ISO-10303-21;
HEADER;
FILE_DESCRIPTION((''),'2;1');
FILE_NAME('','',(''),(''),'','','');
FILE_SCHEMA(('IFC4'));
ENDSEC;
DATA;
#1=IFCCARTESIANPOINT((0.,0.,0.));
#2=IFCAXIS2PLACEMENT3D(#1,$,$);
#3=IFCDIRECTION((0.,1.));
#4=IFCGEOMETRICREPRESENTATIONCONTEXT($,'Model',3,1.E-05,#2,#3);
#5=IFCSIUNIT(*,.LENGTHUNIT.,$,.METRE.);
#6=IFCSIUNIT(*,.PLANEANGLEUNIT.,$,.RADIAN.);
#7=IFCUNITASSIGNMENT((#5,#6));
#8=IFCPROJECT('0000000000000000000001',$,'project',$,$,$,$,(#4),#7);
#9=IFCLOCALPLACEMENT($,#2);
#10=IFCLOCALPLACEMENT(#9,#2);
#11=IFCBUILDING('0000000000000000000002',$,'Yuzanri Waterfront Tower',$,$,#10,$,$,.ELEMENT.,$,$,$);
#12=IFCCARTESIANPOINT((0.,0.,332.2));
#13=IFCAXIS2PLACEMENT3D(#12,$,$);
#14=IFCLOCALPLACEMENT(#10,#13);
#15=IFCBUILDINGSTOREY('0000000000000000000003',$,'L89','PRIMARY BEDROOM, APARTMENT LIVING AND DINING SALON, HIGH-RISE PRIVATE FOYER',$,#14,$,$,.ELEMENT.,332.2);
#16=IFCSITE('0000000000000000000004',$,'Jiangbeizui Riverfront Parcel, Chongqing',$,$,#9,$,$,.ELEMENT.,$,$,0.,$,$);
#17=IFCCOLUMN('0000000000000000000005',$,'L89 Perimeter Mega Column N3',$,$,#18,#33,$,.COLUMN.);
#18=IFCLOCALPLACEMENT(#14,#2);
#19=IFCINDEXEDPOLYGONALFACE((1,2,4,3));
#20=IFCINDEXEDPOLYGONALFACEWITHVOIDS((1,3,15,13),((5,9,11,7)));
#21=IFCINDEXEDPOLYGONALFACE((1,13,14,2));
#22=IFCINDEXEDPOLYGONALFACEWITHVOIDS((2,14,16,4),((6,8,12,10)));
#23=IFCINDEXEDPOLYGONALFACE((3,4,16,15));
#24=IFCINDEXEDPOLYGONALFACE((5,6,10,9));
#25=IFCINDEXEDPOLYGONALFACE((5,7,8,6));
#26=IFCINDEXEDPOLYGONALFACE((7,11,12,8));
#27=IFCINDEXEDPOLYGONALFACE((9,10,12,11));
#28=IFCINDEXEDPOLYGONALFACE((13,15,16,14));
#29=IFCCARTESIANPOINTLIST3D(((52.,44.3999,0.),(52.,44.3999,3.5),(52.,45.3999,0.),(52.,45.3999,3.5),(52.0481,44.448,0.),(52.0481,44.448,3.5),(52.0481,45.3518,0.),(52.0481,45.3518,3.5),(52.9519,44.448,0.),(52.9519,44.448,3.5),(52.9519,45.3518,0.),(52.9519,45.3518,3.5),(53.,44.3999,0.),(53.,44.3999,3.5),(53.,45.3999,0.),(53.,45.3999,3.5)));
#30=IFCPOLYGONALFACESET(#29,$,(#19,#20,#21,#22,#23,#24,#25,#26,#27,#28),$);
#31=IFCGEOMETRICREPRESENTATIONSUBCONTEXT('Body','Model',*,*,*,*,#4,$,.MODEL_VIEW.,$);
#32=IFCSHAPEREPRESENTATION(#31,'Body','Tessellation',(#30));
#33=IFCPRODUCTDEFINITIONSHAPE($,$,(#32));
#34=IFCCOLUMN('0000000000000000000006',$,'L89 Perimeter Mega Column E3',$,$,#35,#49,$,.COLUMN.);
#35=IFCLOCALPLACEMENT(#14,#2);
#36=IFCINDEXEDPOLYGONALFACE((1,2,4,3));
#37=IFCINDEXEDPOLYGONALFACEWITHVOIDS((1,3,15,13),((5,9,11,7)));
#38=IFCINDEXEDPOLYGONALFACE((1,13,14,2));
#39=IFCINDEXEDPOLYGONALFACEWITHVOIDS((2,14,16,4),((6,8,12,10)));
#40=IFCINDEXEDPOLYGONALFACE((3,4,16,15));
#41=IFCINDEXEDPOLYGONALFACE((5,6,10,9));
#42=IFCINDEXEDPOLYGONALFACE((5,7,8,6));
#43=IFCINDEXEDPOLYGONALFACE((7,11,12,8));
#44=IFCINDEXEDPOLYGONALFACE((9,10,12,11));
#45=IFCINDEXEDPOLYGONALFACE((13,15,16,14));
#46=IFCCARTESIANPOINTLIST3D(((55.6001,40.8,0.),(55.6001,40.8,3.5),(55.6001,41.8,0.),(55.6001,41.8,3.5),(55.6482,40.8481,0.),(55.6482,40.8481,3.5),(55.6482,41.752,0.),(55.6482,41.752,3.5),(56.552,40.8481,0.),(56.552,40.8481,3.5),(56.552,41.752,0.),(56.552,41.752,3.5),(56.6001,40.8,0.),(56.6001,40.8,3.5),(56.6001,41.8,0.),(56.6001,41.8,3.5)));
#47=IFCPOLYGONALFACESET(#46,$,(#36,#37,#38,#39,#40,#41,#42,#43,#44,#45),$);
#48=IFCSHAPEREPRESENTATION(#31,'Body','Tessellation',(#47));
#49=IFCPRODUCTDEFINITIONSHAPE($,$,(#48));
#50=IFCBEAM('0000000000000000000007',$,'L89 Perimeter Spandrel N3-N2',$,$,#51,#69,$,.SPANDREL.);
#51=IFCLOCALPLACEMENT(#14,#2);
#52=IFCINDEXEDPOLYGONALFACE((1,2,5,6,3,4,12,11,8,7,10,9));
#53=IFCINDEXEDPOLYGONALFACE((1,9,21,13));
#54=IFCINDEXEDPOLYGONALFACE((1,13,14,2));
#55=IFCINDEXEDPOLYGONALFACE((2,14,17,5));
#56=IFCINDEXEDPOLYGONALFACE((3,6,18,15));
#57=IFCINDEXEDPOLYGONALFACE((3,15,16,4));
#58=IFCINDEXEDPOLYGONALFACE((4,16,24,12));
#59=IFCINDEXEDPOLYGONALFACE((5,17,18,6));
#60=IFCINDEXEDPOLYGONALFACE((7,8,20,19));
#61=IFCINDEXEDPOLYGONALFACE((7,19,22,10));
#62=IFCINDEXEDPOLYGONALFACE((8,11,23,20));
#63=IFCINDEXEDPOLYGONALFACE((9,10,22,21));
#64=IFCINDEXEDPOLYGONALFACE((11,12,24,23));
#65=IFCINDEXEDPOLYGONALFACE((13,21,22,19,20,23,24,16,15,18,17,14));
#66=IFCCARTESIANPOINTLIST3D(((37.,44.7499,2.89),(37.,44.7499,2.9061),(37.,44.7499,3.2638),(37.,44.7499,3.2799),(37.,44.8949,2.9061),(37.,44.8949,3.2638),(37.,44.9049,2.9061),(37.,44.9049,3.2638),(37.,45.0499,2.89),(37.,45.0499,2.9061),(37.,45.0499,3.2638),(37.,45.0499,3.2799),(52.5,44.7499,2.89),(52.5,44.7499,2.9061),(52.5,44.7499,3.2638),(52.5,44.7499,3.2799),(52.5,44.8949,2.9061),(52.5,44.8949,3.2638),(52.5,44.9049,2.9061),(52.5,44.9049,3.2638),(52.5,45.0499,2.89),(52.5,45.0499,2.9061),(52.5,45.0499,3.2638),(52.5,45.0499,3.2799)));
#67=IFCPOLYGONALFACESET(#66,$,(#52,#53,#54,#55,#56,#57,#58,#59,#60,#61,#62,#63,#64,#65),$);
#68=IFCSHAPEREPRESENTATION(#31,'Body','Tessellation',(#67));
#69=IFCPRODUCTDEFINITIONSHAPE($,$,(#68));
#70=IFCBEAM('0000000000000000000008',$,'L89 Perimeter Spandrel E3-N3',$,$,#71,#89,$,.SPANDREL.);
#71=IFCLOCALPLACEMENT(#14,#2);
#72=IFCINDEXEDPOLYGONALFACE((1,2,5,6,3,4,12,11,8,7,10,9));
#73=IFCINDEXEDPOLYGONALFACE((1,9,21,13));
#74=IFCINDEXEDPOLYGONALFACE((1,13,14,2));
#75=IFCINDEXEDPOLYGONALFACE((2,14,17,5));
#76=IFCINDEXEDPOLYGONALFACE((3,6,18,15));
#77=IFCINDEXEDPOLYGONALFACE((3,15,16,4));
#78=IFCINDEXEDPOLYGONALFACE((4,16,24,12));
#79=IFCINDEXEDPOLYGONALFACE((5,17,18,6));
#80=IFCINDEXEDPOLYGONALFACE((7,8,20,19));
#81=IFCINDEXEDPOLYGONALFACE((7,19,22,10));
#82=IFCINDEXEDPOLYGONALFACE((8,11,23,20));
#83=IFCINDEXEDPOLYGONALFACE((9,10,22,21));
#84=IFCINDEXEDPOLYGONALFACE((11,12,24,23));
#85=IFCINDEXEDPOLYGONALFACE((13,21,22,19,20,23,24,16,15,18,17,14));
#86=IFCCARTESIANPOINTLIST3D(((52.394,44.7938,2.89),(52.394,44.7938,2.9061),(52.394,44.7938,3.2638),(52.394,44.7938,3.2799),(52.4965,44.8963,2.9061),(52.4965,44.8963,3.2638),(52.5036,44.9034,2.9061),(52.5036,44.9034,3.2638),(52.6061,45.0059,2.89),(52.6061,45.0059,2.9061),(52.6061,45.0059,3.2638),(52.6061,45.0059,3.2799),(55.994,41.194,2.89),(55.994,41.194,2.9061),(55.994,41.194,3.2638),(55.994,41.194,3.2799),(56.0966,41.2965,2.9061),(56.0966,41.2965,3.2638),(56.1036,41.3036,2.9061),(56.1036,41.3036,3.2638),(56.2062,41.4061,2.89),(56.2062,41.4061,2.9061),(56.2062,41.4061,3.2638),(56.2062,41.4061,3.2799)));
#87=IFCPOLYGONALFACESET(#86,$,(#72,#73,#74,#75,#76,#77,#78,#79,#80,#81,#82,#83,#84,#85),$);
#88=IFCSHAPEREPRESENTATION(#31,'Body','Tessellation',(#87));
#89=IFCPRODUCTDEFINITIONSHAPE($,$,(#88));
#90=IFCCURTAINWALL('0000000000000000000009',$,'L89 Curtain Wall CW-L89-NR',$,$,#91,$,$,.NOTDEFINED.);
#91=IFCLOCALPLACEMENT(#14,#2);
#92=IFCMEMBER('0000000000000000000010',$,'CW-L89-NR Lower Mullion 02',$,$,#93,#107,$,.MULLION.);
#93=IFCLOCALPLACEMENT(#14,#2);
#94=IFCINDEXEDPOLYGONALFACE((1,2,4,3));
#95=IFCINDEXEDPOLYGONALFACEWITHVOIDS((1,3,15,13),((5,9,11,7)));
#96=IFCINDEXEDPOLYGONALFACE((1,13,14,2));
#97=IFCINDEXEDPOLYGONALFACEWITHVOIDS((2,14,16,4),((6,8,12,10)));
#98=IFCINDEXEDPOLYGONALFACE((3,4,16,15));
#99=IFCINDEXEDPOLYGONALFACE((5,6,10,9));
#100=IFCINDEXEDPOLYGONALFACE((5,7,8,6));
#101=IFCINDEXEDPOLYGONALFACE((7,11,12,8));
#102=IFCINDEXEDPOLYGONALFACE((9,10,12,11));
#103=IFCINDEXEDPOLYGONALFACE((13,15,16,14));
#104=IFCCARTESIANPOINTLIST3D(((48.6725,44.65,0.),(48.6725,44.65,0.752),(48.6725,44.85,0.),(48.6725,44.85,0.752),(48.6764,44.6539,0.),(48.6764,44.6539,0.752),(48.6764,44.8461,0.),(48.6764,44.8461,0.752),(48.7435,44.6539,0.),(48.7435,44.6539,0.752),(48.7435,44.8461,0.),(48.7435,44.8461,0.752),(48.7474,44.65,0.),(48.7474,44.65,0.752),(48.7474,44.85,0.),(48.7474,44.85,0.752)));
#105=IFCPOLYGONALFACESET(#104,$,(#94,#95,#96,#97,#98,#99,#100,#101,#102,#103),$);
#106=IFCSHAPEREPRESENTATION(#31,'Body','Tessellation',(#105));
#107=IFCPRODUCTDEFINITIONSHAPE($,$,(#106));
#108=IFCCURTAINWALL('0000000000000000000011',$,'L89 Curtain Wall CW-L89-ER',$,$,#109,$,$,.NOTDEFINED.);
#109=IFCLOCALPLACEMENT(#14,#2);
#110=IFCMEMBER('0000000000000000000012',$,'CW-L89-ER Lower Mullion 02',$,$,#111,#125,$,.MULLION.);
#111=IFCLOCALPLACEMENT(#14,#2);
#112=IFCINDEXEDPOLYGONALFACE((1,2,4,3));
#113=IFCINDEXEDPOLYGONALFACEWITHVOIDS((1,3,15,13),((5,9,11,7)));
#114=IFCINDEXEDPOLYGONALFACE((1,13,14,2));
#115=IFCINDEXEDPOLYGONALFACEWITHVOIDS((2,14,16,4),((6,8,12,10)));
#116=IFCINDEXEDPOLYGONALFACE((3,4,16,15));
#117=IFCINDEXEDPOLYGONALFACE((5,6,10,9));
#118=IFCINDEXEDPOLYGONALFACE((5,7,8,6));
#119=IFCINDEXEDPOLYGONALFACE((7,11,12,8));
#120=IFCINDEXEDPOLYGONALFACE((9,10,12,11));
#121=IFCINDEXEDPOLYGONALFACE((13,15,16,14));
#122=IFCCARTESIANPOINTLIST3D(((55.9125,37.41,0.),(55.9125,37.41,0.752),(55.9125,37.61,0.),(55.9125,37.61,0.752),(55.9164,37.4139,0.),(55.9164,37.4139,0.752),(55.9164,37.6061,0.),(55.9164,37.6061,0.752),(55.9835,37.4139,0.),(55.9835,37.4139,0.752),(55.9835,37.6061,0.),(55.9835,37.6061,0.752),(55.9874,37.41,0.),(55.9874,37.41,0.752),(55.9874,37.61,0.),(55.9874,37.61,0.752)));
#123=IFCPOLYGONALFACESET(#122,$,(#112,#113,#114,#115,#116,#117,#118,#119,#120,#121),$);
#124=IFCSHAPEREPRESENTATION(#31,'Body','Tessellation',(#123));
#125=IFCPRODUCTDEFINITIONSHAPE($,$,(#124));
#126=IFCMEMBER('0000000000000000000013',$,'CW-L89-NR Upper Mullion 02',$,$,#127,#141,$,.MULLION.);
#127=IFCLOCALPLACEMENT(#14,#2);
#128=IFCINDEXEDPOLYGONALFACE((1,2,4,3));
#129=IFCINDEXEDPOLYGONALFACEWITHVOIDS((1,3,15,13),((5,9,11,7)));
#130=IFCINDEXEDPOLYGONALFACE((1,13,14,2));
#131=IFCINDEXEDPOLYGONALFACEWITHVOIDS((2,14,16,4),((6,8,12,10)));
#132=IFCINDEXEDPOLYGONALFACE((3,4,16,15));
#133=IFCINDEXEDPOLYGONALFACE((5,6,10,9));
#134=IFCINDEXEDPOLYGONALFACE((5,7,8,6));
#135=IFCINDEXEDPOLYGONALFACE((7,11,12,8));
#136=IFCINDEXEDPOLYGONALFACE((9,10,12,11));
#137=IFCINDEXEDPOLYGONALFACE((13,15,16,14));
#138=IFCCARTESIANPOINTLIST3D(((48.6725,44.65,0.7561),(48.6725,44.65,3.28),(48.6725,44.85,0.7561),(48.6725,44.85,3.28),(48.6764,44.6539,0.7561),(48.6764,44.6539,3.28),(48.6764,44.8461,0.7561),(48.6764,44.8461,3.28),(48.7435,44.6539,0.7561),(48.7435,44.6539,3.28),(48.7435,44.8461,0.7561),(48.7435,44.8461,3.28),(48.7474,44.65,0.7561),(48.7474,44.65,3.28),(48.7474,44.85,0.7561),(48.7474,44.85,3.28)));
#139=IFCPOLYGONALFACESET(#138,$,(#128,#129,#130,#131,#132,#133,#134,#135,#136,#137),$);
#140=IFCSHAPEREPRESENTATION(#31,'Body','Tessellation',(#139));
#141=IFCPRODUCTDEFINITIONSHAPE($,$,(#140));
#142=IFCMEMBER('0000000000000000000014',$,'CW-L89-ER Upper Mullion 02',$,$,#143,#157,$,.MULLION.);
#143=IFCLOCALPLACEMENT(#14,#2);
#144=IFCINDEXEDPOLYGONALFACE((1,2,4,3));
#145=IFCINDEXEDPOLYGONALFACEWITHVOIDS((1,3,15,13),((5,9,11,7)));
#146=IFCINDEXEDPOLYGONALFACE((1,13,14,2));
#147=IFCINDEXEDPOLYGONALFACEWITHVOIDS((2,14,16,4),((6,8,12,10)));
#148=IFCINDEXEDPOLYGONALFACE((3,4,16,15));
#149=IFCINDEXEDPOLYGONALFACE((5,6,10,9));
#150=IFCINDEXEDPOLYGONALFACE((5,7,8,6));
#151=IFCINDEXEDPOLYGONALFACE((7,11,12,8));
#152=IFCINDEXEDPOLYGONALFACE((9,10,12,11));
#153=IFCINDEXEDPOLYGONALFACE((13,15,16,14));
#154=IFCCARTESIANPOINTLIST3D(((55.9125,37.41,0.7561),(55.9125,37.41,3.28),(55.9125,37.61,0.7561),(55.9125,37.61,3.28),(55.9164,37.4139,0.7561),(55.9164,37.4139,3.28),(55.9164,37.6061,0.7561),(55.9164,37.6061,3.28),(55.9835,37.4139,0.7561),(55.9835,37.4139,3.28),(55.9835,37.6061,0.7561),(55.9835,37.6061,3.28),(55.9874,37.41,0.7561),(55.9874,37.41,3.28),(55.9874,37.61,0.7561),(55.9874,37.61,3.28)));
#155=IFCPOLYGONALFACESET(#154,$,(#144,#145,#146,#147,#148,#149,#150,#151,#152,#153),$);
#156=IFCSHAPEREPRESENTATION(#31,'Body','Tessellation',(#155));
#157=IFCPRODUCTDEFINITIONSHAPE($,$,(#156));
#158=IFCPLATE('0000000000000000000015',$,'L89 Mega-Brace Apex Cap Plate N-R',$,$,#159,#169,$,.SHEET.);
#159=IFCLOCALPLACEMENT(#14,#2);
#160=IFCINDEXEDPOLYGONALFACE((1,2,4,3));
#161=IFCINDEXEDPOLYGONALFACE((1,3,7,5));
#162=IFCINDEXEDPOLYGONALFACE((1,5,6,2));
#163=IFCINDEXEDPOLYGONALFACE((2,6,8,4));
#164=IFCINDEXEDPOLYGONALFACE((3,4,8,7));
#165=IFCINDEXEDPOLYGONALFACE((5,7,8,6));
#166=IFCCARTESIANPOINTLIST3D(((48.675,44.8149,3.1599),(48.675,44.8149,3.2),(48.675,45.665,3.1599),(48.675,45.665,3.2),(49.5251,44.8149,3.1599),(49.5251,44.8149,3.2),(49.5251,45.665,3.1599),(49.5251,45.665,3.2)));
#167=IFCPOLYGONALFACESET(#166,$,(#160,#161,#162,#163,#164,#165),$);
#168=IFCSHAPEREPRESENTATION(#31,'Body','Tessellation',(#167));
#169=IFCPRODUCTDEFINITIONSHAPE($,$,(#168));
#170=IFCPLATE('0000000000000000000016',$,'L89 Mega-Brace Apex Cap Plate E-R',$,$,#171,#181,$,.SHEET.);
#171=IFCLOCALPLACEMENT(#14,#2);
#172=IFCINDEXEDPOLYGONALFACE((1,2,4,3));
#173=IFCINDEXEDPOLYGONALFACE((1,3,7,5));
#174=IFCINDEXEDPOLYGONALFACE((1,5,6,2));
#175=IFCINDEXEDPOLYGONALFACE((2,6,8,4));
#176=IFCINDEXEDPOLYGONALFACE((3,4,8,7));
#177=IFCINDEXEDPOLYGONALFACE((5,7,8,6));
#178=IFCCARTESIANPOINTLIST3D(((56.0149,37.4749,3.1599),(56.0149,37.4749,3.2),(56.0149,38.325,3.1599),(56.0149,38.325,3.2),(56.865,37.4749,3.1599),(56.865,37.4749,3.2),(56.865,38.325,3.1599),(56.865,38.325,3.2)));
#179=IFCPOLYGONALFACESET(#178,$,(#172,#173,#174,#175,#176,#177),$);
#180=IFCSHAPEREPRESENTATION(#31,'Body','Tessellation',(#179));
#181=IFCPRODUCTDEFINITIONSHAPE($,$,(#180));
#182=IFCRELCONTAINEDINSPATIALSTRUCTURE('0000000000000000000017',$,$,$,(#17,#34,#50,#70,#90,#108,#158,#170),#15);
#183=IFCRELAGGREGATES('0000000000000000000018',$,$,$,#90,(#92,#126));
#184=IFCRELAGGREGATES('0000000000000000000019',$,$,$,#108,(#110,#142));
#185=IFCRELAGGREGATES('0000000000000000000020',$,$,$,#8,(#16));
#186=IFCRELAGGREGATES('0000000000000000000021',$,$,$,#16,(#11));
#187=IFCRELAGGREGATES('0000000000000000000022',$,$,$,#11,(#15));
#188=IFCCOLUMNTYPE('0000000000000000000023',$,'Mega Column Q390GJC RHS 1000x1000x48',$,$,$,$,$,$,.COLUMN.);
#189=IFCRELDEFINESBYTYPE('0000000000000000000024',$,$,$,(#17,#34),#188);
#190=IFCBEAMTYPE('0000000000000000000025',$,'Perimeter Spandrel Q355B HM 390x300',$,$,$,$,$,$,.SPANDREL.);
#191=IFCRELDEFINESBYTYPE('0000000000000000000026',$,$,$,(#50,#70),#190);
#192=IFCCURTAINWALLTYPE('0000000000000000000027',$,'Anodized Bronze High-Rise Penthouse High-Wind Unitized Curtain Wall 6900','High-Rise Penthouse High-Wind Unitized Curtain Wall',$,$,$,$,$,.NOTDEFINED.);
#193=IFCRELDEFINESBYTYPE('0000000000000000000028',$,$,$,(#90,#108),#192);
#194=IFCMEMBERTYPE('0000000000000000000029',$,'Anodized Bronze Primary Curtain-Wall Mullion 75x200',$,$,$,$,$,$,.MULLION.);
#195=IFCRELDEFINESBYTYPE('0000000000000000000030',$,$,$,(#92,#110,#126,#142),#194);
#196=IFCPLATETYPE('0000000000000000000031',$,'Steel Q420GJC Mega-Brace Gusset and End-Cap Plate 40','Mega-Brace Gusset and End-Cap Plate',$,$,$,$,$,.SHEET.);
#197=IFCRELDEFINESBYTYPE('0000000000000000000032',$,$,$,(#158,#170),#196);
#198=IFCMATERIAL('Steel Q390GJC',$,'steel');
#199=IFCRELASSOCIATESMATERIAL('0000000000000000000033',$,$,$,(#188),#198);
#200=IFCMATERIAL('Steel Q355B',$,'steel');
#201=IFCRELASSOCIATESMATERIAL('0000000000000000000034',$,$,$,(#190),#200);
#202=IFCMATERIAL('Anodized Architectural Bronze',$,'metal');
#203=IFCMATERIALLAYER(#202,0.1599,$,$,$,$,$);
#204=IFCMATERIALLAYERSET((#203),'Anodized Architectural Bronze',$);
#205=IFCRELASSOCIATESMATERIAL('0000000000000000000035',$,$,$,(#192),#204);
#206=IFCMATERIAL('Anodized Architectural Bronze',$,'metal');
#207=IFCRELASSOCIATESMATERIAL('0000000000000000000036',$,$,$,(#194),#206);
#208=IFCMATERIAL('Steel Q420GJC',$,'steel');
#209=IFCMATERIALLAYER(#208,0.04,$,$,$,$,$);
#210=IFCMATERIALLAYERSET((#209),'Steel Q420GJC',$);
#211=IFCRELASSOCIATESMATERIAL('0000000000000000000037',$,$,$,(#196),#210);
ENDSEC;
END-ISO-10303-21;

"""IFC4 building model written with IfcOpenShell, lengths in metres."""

from ifc_helpers import new_model, si_unit, direction, frame, origin, origin_2d, place, context, subcontext, project, spatial, rectangle, hollow_rectangle, i_section, extrude, source, transform, mapped, material, layer, layer_set, material_profile, profile_set, type_object, element, aggregate, save


model = new_model("IFC4")

# Units and contexts
model_context = context("Model", 3, precision=1e-05, world=origin(), true_north=direction((0.0, 1.0)))
body_context = subcontext(model_context, "Body", "Model", "MODEL_VIEW")
ifc_project = project(units=[si_unit("LENGTHUNIT", "METRE"), si_unit("PLANEANGLEUNIT", "RADIAN")], contexts=[model_context])

# Site, building, storey
site_placement = place(None, origin())
site = spatial("IfcSite", under=ifc_project, at=site_placement, Name="Jiangbeizui Riverfront Parcel, Chongqing", CompositionType="ELEMENT", RefElevation=0.0)
building_placement = place(site_placement, origin())
building = spatial("IfcBuilding", under=site, at=building_placement, Name="Yuzanri Waterfront Tower", CompositionType="ELEMENT")
storey_placement = place(building_placement, frame((0.0, 0.0, 332.2)))
storey = spatial("IfcBuildingStorey", under=building, at=storey_placement, Name="L89", Description="PRIMARY BEDROOM, APARTMENT LIVING AND DINING SALON, HIGH-RISE PRIVATE FOYER", CompositionType="ELEMENT", Elevation=332.2)

# Columns
ifc_material_1 = material(Name="Steel Q390GJC", Category="steel")
ifc_material_profile_1 = material_profile(ifc_material_1, hollow_rectangle(XDim=1.0, YDim=1.0, WallThickness=0.0481, at=origin_2d()), Name="RHS 1000x1000x48")
ifc_profile_set_1 = profile_set([ifc_material_profile_1], Name="Steel Q390GJC")
column_type = type_object("IfcColumnType", Name="Mega Column Q390GJC RHS 1000x1000x48", PredefinedType="COLUMN", material=ifc_profile_set_1)
shared_shape_1 = source(origin(), body_context, "Body", "SweptSolid", [
    extrude(hollow_rectangle(XDim=1.0, YDim=1.0, WallThickness=0.0481, at=origin_2d()), origin(), (0.0, 0.0, 1.0), 3.5),
])
for number, where, z_axis, x_axis, name in (
    (1, (52.5, 44.8999, 0.0), (0.0, 0.0, 1.0), (1.0, 0.0, 0.0), "L89 Perimeter Mega Column N3"),
    (2, (56.1001, 41.3, 0.0), (0.0, 0.0, 1.0), (1.0, 0.0, 0.0), "L89 Perimeter Mega Column E3"),
):
    element("IfcColumn", number, at=place(storey_placement, frame(where, z_axis=z_axis, x_axis=x_axis)), inside=storey, type_object=column_type, Name=name, PredefinedType="COLUMN", context=body_context, shape_type="MappedRepresentation", body=[
        mapped(shared_shape_1, transform((0.0, 0.0, 0.0), scale=1.0)),
    ])

# Beams
ifc_material_2 = material(Name="Steel Q355B", Category="steel")
ifc_material_profile_2 = material_profile(ifc_material_2, i_section(OverallWidth=0.3, OverallDepth=0.3899, WebThickness=0.01, FlangeThickness=0.0161, at=origin_2d()), Name="HM 390x300x10x16")
ifc_profile_set_2 = profile_set([ifc_material_profile_2], Name="Steel Q355B")
beam_type = type_object("IfcBeamType", Name="Perimeter Spandrel Q355B HM 390x300", PredefinedType="SPANDREL", material=ifc_profile_set_2)
shared_shape_2 = source(origin(), body_context, "Body", "SweptSolid", [
    extrude(i_section(OverallWidth=0.3, OverallDepth=0.3899, WebThickness=0.01, FlangeThickness=0.0161, at=origin_2d()), origin(), (0.0, 0.0, 1.0), 15.5),
])
beam_1_placement = place(storey_placement, frame((52.5, 44.8999, 3.085), z_axis=(-1.0, 0.0, 0.0), x_axis=(0.0, -1.0, 0.0)))
element("IfcBeam", 3, at=beam_1_placement, inside=storey, type_object=beam_type, Name="L89 Perimeter Spandrel N3-N2", PredefinedType="SPANDREL", context=body_context, shape_type="MappedRepresentation", body=[
    mapped(shared_shape_2, transform((0.0, 0.0, 0.0), scale=1.0)),
])
shared_shape_3 = source(origin(), body_context, "Body", "SweptSolid", [
    extrude(i_section(OverallWidth=0.3, OverallDepth=0.3899, WebThickness=0.01, FlangeThickness=0.0161, at=origin_2d()), origin(), (0.0, 0.0, 1.0), 5.0911),
])
beam_2_placement = place(storey_placement, frame((56.1001, 41.3, 3.085), z_axis=(-0.707131, 0.707083, 0.0), x_axis=(-0.707083, -0.707131, 0.0)))
element("IfcBeam", 4, at=beam_2_placement, inside=storey, type_object=beam_type, Name="L89 Perimeter Spandrel E3-N3", PredefinedType="SPANDREL", context=body_context, shape_type="MappedRepresentation", body=[
    mapped(shared_shape_3, transform((0.0, 0.0, 0.0), scale=1.0)),
])

# Curtain walls, members
ifc_material_3 = material(Name="Anodized Architectural Bronze", Category="metal")
ifc_layer_1 = layer(ifc_material_3, 0.1599)
ifc_layer_set_1 = layer_set([ifc_layer_1], Name="Anodized Architectural Bronze")
curtain_wall_type = type_object("IfcCurtainWallType", Name="Anodized Bronze High-Rise Penthouse High-Wind Unitized Curtain Wall 6900", Description="High-Rise Penthouse High-Wind Unitized Curtain Wall", PredefinedType="NOTDEFINED", material=ifc_layer_set_1)
curtain_wall_1_placement = place(storey_placement, origin())
curtain_wall_1 = element("IfcCurtainWall", 5, at=curtain_wall_1_placement, inside=storey, type_object=curtain_wall_type, Name="L89 Curtain Wall CW-L89-NR", PredefinedType="NOTDEFINED")
ifc_material_4 = material(Name="Anodized Architectural Bronze", Category="metal")
ifc_material_profile_3 = material_profile(ifc_material_4, hollow_rectangle(XDim=0.075, YDim=0.2, WallThickness=0.0039, at=origin_2d()), Name="CWM 75x200")
ifc_profile_set_3 = profile_set([ifc_material_profile_3], Name="Anodized Architectural Bronze")
member_type = type_object("IfcMemberType", Name="Anodized Bronze Primary Curtain-Wall Mullion 75x200", PredefinedType="MULLION", material=ifc_profile_set_3)
shared_shape_4 = source(origin(), body_context, "Body", "SweptSolid", [
    extrude(hollow_rectangle(XDim=0.075, YDim=0.2, WallThickness=0.0039, at=origin_2d()), origin(), (0.0, 0.0, 1.0), 0.752),
])
member_1_placement = place(storey_placement, frame((48.71, 44.75, 0.0), z_axis=(0.0, 0.0, 1.0), x_axis=(1.0, 0.0, 0.0)))
member_1 = element("IfcMember", 6, at=member_1_placement, type_object=member_type, Name="CW-L89-NR Lower Mullion 02", PredefinedType="MULLION", context=body_context, shape_type="MappedRepresentation", body=[
    mapped(shared_shape_4, transform((0.0, 0.0, 0.0), scale=1.0)),
])
curtain_wall_2_placement = place(storey_placement, origin())
curtain_wall_2 = element("IfcCurtainWall", 7, at=curtain_wall_2_placement, inside=storey, type_object=curtain_wall_type, Name="L89 Curtain Wall CW-L89-ER", PredefinedType="NOTDEFINED")
member_2_placement = place(storey_placement, frame((55.95, 37.51, 0.0), z_axis=(0.0, 0.0, 1.0), x_axis=(1.0, 0.0, 0.0)))
member_2 = element("IfcMember", 8, at=member_2_placement, type_object=member_type, Name="CW-L89-ER Lower Mullion 02", PredefinedType="MULLION", context=body_context, shape_type="MappedRepresentation", body=[
    mapped(shared_shape_4, transform((0.0, 0.0, 0.0), scale=1.0)),
])

# Members
shared_shape_5 = source(origin(), body_context, "Body", "SweptSolid", [
    extrude(hollow_rectangle(XDim=0.075, YDim=0.2, WallThickness=0.0039, at=origin_2d()), origin(), (0.0, 0.0, 1.0), 2.5239),
])
member_3_placement = place(storey_placement, frame((48.71, 44.75, 0.7561), z_axis=(0.0, 0.0, 1.0), x_axis=(1.0, 0.0, 0.0)))
member_3 = element("IfcMember", 9, at=member_3_placement, type_object=member_type, Name="CW-L89-NR Upper Mullion 02", PredefinedType="MULLION", context=body_context, shape_type="MappedRepresentation", body=[
    mapped(shared_shape_5, transform((0.0, 0.0, 0.0), scale=1.0)),
])
aggregate(curtain_wall_1, [member_1, member_3])
member_4_placement = place(storey_placement, frame((55.95, 37.51, 0.7561), z_axis=(0.0, 0.0, 1.0), x_axis=(1.0, 0.0, 0.0)))
member_4 = element("IfcMember", 10, at=member_4_placement, type_object=member_type, Name="CW-L89-ER Upper Mullion 02", PredefinedType="MULLION", context=body_context, shape_type="MappedRepresentation", body=[
    mapped(shared_shape_5, transform((0.0, 0.0, 0.0), scale=1.0)),
])

# Plates
ifc_material_5 = material(Name="Steel Q420GJC", Category="steel")
ifc_layer_2 = layer(ifc_material_5, 0.04)
ifc_layer_set_2 = layer_set([ifc_layer_2], Name="Steel Q420GJC")
plate_type_1 = type_object("IfcPlateType", Name="Steel Q420GJC Mega-Brace Gusset and End-Cap Plate 40", Description="Mega-Brace Gusset and End-Cap Plate", PredefinedType="SHEET", material=ifc_layer_set_2)
shared_shape_6 = source(origin(), body_context, "Body", "SweptSolid", [
    extrude(rectangle(XDim=0.8501, YDim=0.8501, at=origin_2d()), origin(), (0.0, 0.0, 1.0), 0.04),
])
for number, where, z_axis, x_axis, name in (
    (11, (49.1001, 45.24, 3.1599), (0.0, 0.0, 1.0), (1.0, 0.0, 0.0), "L89 Mega-Brace Apex Cap Plate N-R"),
    (12, (56.4399, 37.8999, 3.1599), (0.0, 0.0, 1.0), (1.0, 0.0, 0.0), "L89 Mega-Brace Apex Cap Plate E-R"),
):
    element("IfcPlate", number, at=place(storey_placement, frame(where, z_axis=z_axis, x_axis=x_axis)), inside=storey, type_object=plate_type_1, Name=name, PredefinedType="SHEET", context=body_context, shape_type="MappedRepresentation", body=[
        mapped(shared_shape_6, transform((0.0, 0.0, 0.0), scale=1.0)),
    ])

aggregate(curtain_wall_2, [member_2, member_4])

save(model, "model.ifc")
